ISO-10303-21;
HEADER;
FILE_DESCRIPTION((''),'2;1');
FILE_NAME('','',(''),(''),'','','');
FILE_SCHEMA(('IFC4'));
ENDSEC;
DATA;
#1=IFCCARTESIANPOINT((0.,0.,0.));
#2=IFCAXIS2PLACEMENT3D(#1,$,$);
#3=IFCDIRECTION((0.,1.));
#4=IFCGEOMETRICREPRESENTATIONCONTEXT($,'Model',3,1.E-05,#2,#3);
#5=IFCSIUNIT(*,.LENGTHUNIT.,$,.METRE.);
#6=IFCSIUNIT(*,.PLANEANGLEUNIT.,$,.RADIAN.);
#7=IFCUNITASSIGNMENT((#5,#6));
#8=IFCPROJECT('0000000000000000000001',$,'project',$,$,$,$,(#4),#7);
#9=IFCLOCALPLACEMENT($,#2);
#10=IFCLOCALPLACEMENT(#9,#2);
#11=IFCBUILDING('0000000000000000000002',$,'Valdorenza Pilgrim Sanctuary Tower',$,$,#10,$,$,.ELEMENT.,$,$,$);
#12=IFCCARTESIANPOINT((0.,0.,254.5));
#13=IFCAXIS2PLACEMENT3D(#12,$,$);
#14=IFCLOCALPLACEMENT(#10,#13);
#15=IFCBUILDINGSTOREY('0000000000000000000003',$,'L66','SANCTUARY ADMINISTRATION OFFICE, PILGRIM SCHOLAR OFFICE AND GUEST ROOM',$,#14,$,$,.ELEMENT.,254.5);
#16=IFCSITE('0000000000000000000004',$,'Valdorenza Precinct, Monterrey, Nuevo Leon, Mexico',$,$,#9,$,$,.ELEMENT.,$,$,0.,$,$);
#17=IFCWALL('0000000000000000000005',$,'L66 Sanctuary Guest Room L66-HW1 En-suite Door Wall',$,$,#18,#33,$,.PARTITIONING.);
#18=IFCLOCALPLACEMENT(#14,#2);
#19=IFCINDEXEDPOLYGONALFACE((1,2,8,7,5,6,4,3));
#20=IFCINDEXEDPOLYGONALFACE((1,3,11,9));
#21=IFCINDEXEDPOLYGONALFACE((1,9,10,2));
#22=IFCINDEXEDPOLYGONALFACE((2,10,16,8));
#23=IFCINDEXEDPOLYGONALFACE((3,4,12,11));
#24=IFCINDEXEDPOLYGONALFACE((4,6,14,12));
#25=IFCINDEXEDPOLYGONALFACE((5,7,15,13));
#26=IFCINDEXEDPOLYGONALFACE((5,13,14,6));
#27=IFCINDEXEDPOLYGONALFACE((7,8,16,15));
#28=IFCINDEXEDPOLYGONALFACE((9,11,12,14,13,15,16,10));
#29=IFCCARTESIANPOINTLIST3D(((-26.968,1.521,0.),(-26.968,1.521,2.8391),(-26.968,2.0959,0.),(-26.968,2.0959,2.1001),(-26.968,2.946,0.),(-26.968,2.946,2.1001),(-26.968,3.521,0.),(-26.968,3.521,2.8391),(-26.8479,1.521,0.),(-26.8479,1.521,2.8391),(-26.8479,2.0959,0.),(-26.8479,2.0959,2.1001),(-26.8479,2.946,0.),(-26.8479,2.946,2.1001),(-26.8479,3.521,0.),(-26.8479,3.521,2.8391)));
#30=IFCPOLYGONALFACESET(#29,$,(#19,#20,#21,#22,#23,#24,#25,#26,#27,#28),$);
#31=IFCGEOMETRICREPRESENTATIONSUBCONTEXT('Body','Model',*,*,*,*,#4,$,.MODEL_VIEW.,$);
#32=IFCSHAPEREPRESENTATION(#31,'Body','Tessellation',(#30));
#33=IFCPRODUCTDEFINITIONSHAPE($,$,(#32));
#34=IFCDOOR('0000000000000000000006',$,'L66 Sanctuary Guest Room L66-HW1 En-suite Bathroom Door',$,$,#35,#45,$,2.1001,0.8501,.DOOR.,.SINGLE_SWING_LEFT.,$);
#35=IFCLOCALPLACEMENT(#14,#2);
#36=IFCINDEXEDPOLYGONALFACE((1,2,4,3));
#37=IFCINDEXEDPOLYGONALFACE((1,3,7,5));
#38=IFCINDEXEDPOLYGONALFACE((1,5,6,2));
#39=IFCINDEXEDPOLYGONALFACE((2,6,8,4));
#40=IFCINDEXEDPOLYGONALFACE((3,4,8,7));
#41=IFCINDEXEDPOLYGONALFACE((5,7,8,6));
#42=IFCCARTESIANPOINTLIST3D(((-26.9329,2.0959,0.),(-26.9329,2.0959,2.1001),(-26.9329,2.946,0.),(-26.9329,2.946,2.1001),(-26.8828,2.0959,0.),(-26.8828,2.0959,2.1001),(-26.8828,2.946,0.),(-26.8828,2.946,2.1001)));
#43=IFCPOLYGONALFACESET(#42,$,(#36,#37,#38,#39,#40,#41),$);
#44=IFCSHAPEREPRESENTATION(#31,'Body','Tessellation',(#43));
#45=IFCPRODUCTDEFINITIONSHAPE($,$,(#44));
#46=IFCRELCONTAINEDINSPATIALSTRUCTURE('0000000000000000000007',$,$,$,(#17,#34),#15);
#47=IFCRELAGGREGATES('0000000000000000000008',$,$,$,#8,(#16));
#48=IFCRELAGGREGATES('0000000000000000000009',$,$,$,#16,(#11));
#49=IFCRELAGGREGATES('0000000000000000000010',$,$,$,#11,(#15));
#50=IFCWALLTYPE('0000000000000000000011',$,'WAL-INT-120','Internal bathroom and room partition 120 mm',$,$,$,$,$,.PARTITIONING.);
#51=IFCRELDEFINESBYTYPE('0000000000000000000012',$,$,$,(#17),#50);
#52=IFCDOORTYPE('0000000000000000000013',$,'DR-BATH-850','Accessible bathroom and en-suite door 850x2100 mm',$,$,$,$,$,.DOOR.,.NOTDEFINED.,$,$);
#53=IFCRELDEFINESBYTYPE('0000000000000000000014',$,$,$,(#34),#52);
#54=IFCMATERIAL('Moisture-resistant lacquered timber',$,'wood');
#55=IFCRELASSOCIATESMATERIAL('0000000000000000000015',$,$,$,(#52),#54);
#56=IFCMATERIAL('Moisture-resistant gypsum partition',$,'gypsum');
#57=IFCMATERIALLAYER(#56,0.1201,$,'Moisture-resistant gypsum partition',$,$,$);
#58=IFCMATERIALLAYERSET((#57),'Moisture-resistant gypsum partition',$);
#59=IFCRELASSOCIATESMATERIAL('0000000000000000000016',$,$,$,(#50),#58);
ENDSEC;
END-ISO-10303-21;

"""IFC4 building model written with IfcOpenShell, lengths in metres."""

from ifc_helpers import new_model, si_unit, direction, frame, frame_2d, origin, place, context, subcontext, project, spatial, rectangle, extrude, material, layer, layer_set, type_object, element, fill, save


model = new_model("IFC4")

# Units and contexts
model_context = context("Model", 3, precision=1e-05, world=origin(), true_north=direction((0.0, 1.0)))
body_context = subcontext(model_context, "Body", "Model", "MODEL_VIEW")
ifc_project = project(units=[si_unit("LENGTHUNIT", "METRE"), si_unit("PLANEANGLEUNIT", "RADIAN")], contexts=[model_context])

# Site, building, storey
site_placement = place(None, origin())
site = spatial("IfcSite", under=ifc_project, at=site_placement, Name="Valdorenza Precinct, Monterrey, Nuevo Leon, Mexico", CompositionType="ELEMENT", RefElevation=0.0)
building_placement = place(site_placement, origin())
building = spatial("IfcBuilding", under=site, at=building_placement, Name="Valdorenza Pilgrim Sanctuary Tower", CompositionType="ELEMENT")
storey_placement = place(building_placement, frame((0.0, 0.0, 254.5)))
storey = spatial("IfcBuildingStorey", under=building, at=storey_placement, Name="L66", Description="SANCTUARY ADMINISTRATION OFFICE, PILGRIM SCHOLAR OFFICE AND GUEST ROOM", CompositionType="ELEMENT", Elevation=254.5)

# Shared definitions
ifc_material_1 = material(Name="Moisture-resistant lacquered timber", Category="wood")
door_type = type_object("IfcDoorType", Name="DR-BATH-850", Description="Accessible bathroom and en-suite door 850x2100 mm", OperationType="NOTDEFINED", PredefinedType="DOOR", material=ifc_material_1)

# Shared definitions
ifc_material_2 = material(Name="Moisture-resistant gypsum partition", Category="gypsum")
ifc_layer_1 = layer(ifc_material_2, 0.1201, Name="Moisture-resistant gypsum partition")
ifc_layer_set_1 = layer_set([ifc_layer_1], Name="Moisture-resistant gypsum partition")
wall_type_1 = type_object("IfcWallType", Name="WAL-INT-120", Description="Internal bathroom and room partition 120 mm", PredefinedType="PARTITIONING", material=ifc_layer_set_1)

# Wall, opening, door
wall_1_placement = place(storey_placement, frame((-26.908, 1.521, 0.0), z_axis=(0.0, 0.0, 1.0), x_axis=(0.0, 1.0, 0.0)))
wall_1 = element("IfcWall", 1, at=wall_1_placement, inside=storey, type_object=wall_type_1, Name="L66 Sanctuary Guest Room L66-HW1 En-suite Door Wall", PredefinedType="PARTITIONING", context=body_context, shape_type="SweptSolid", body=[
    extrude(rectangle(XDim=2.0, YDim=0.1201, at=frame_2d((1.0, 0.0))), origin(), (0.0, 0.0, 1.0), 2.8391),
])
opening_1_placement = place(wall_1_placement, frame((0.575, 0.0, 0.0)))
opening_1 = element("IfcOpeningElement", 2, at=opening_1_placement, cuts=wall_1, PredefinedType="OPENING", context=body_context, shape_type="SweptSolid", body=[
    extrude(rectangle(XDim=0.8501, YDim=2.1001, at=frame_2d((0.425, 1.05))), frame((0.0, 0.075, 0.0), z_axis=(0.0, -1.0, 0.0), x_axis=(1.0, 0.0, 0.0)), (0.0, 0.0, 1.0), 0.1499),
])
door_1_placement = place(opening_1_placement, origin())
door_1 = element("IfcDoor", 3, at=door_1_placement, inside=storey, type_object=door_type, Name="L66 Sanctuary Guest Room L66-HW1 En-suite Bathroom Door", OperationType="SINGLE_SWING_LEFT", OverallHeight=2.1001, OverallWidth=0.8501, PredefinedType="DOOR", context=body_context, shape_type="SweptSolid", body=[
    extrude(rectangle(XDim=0.8501, YDim=2.1001, at=frame_2d((0.425, 1.05))), frame((0.0, 0.0249, 0.0), z_axis=(0.0, -1.0, 0.0), x_axis=(1.0, 0.0, 0.0)), (0.0, 0.0, 1.0), 0.05),
])
fill(opening_1, door_1)

save(model, "model.ifc")
